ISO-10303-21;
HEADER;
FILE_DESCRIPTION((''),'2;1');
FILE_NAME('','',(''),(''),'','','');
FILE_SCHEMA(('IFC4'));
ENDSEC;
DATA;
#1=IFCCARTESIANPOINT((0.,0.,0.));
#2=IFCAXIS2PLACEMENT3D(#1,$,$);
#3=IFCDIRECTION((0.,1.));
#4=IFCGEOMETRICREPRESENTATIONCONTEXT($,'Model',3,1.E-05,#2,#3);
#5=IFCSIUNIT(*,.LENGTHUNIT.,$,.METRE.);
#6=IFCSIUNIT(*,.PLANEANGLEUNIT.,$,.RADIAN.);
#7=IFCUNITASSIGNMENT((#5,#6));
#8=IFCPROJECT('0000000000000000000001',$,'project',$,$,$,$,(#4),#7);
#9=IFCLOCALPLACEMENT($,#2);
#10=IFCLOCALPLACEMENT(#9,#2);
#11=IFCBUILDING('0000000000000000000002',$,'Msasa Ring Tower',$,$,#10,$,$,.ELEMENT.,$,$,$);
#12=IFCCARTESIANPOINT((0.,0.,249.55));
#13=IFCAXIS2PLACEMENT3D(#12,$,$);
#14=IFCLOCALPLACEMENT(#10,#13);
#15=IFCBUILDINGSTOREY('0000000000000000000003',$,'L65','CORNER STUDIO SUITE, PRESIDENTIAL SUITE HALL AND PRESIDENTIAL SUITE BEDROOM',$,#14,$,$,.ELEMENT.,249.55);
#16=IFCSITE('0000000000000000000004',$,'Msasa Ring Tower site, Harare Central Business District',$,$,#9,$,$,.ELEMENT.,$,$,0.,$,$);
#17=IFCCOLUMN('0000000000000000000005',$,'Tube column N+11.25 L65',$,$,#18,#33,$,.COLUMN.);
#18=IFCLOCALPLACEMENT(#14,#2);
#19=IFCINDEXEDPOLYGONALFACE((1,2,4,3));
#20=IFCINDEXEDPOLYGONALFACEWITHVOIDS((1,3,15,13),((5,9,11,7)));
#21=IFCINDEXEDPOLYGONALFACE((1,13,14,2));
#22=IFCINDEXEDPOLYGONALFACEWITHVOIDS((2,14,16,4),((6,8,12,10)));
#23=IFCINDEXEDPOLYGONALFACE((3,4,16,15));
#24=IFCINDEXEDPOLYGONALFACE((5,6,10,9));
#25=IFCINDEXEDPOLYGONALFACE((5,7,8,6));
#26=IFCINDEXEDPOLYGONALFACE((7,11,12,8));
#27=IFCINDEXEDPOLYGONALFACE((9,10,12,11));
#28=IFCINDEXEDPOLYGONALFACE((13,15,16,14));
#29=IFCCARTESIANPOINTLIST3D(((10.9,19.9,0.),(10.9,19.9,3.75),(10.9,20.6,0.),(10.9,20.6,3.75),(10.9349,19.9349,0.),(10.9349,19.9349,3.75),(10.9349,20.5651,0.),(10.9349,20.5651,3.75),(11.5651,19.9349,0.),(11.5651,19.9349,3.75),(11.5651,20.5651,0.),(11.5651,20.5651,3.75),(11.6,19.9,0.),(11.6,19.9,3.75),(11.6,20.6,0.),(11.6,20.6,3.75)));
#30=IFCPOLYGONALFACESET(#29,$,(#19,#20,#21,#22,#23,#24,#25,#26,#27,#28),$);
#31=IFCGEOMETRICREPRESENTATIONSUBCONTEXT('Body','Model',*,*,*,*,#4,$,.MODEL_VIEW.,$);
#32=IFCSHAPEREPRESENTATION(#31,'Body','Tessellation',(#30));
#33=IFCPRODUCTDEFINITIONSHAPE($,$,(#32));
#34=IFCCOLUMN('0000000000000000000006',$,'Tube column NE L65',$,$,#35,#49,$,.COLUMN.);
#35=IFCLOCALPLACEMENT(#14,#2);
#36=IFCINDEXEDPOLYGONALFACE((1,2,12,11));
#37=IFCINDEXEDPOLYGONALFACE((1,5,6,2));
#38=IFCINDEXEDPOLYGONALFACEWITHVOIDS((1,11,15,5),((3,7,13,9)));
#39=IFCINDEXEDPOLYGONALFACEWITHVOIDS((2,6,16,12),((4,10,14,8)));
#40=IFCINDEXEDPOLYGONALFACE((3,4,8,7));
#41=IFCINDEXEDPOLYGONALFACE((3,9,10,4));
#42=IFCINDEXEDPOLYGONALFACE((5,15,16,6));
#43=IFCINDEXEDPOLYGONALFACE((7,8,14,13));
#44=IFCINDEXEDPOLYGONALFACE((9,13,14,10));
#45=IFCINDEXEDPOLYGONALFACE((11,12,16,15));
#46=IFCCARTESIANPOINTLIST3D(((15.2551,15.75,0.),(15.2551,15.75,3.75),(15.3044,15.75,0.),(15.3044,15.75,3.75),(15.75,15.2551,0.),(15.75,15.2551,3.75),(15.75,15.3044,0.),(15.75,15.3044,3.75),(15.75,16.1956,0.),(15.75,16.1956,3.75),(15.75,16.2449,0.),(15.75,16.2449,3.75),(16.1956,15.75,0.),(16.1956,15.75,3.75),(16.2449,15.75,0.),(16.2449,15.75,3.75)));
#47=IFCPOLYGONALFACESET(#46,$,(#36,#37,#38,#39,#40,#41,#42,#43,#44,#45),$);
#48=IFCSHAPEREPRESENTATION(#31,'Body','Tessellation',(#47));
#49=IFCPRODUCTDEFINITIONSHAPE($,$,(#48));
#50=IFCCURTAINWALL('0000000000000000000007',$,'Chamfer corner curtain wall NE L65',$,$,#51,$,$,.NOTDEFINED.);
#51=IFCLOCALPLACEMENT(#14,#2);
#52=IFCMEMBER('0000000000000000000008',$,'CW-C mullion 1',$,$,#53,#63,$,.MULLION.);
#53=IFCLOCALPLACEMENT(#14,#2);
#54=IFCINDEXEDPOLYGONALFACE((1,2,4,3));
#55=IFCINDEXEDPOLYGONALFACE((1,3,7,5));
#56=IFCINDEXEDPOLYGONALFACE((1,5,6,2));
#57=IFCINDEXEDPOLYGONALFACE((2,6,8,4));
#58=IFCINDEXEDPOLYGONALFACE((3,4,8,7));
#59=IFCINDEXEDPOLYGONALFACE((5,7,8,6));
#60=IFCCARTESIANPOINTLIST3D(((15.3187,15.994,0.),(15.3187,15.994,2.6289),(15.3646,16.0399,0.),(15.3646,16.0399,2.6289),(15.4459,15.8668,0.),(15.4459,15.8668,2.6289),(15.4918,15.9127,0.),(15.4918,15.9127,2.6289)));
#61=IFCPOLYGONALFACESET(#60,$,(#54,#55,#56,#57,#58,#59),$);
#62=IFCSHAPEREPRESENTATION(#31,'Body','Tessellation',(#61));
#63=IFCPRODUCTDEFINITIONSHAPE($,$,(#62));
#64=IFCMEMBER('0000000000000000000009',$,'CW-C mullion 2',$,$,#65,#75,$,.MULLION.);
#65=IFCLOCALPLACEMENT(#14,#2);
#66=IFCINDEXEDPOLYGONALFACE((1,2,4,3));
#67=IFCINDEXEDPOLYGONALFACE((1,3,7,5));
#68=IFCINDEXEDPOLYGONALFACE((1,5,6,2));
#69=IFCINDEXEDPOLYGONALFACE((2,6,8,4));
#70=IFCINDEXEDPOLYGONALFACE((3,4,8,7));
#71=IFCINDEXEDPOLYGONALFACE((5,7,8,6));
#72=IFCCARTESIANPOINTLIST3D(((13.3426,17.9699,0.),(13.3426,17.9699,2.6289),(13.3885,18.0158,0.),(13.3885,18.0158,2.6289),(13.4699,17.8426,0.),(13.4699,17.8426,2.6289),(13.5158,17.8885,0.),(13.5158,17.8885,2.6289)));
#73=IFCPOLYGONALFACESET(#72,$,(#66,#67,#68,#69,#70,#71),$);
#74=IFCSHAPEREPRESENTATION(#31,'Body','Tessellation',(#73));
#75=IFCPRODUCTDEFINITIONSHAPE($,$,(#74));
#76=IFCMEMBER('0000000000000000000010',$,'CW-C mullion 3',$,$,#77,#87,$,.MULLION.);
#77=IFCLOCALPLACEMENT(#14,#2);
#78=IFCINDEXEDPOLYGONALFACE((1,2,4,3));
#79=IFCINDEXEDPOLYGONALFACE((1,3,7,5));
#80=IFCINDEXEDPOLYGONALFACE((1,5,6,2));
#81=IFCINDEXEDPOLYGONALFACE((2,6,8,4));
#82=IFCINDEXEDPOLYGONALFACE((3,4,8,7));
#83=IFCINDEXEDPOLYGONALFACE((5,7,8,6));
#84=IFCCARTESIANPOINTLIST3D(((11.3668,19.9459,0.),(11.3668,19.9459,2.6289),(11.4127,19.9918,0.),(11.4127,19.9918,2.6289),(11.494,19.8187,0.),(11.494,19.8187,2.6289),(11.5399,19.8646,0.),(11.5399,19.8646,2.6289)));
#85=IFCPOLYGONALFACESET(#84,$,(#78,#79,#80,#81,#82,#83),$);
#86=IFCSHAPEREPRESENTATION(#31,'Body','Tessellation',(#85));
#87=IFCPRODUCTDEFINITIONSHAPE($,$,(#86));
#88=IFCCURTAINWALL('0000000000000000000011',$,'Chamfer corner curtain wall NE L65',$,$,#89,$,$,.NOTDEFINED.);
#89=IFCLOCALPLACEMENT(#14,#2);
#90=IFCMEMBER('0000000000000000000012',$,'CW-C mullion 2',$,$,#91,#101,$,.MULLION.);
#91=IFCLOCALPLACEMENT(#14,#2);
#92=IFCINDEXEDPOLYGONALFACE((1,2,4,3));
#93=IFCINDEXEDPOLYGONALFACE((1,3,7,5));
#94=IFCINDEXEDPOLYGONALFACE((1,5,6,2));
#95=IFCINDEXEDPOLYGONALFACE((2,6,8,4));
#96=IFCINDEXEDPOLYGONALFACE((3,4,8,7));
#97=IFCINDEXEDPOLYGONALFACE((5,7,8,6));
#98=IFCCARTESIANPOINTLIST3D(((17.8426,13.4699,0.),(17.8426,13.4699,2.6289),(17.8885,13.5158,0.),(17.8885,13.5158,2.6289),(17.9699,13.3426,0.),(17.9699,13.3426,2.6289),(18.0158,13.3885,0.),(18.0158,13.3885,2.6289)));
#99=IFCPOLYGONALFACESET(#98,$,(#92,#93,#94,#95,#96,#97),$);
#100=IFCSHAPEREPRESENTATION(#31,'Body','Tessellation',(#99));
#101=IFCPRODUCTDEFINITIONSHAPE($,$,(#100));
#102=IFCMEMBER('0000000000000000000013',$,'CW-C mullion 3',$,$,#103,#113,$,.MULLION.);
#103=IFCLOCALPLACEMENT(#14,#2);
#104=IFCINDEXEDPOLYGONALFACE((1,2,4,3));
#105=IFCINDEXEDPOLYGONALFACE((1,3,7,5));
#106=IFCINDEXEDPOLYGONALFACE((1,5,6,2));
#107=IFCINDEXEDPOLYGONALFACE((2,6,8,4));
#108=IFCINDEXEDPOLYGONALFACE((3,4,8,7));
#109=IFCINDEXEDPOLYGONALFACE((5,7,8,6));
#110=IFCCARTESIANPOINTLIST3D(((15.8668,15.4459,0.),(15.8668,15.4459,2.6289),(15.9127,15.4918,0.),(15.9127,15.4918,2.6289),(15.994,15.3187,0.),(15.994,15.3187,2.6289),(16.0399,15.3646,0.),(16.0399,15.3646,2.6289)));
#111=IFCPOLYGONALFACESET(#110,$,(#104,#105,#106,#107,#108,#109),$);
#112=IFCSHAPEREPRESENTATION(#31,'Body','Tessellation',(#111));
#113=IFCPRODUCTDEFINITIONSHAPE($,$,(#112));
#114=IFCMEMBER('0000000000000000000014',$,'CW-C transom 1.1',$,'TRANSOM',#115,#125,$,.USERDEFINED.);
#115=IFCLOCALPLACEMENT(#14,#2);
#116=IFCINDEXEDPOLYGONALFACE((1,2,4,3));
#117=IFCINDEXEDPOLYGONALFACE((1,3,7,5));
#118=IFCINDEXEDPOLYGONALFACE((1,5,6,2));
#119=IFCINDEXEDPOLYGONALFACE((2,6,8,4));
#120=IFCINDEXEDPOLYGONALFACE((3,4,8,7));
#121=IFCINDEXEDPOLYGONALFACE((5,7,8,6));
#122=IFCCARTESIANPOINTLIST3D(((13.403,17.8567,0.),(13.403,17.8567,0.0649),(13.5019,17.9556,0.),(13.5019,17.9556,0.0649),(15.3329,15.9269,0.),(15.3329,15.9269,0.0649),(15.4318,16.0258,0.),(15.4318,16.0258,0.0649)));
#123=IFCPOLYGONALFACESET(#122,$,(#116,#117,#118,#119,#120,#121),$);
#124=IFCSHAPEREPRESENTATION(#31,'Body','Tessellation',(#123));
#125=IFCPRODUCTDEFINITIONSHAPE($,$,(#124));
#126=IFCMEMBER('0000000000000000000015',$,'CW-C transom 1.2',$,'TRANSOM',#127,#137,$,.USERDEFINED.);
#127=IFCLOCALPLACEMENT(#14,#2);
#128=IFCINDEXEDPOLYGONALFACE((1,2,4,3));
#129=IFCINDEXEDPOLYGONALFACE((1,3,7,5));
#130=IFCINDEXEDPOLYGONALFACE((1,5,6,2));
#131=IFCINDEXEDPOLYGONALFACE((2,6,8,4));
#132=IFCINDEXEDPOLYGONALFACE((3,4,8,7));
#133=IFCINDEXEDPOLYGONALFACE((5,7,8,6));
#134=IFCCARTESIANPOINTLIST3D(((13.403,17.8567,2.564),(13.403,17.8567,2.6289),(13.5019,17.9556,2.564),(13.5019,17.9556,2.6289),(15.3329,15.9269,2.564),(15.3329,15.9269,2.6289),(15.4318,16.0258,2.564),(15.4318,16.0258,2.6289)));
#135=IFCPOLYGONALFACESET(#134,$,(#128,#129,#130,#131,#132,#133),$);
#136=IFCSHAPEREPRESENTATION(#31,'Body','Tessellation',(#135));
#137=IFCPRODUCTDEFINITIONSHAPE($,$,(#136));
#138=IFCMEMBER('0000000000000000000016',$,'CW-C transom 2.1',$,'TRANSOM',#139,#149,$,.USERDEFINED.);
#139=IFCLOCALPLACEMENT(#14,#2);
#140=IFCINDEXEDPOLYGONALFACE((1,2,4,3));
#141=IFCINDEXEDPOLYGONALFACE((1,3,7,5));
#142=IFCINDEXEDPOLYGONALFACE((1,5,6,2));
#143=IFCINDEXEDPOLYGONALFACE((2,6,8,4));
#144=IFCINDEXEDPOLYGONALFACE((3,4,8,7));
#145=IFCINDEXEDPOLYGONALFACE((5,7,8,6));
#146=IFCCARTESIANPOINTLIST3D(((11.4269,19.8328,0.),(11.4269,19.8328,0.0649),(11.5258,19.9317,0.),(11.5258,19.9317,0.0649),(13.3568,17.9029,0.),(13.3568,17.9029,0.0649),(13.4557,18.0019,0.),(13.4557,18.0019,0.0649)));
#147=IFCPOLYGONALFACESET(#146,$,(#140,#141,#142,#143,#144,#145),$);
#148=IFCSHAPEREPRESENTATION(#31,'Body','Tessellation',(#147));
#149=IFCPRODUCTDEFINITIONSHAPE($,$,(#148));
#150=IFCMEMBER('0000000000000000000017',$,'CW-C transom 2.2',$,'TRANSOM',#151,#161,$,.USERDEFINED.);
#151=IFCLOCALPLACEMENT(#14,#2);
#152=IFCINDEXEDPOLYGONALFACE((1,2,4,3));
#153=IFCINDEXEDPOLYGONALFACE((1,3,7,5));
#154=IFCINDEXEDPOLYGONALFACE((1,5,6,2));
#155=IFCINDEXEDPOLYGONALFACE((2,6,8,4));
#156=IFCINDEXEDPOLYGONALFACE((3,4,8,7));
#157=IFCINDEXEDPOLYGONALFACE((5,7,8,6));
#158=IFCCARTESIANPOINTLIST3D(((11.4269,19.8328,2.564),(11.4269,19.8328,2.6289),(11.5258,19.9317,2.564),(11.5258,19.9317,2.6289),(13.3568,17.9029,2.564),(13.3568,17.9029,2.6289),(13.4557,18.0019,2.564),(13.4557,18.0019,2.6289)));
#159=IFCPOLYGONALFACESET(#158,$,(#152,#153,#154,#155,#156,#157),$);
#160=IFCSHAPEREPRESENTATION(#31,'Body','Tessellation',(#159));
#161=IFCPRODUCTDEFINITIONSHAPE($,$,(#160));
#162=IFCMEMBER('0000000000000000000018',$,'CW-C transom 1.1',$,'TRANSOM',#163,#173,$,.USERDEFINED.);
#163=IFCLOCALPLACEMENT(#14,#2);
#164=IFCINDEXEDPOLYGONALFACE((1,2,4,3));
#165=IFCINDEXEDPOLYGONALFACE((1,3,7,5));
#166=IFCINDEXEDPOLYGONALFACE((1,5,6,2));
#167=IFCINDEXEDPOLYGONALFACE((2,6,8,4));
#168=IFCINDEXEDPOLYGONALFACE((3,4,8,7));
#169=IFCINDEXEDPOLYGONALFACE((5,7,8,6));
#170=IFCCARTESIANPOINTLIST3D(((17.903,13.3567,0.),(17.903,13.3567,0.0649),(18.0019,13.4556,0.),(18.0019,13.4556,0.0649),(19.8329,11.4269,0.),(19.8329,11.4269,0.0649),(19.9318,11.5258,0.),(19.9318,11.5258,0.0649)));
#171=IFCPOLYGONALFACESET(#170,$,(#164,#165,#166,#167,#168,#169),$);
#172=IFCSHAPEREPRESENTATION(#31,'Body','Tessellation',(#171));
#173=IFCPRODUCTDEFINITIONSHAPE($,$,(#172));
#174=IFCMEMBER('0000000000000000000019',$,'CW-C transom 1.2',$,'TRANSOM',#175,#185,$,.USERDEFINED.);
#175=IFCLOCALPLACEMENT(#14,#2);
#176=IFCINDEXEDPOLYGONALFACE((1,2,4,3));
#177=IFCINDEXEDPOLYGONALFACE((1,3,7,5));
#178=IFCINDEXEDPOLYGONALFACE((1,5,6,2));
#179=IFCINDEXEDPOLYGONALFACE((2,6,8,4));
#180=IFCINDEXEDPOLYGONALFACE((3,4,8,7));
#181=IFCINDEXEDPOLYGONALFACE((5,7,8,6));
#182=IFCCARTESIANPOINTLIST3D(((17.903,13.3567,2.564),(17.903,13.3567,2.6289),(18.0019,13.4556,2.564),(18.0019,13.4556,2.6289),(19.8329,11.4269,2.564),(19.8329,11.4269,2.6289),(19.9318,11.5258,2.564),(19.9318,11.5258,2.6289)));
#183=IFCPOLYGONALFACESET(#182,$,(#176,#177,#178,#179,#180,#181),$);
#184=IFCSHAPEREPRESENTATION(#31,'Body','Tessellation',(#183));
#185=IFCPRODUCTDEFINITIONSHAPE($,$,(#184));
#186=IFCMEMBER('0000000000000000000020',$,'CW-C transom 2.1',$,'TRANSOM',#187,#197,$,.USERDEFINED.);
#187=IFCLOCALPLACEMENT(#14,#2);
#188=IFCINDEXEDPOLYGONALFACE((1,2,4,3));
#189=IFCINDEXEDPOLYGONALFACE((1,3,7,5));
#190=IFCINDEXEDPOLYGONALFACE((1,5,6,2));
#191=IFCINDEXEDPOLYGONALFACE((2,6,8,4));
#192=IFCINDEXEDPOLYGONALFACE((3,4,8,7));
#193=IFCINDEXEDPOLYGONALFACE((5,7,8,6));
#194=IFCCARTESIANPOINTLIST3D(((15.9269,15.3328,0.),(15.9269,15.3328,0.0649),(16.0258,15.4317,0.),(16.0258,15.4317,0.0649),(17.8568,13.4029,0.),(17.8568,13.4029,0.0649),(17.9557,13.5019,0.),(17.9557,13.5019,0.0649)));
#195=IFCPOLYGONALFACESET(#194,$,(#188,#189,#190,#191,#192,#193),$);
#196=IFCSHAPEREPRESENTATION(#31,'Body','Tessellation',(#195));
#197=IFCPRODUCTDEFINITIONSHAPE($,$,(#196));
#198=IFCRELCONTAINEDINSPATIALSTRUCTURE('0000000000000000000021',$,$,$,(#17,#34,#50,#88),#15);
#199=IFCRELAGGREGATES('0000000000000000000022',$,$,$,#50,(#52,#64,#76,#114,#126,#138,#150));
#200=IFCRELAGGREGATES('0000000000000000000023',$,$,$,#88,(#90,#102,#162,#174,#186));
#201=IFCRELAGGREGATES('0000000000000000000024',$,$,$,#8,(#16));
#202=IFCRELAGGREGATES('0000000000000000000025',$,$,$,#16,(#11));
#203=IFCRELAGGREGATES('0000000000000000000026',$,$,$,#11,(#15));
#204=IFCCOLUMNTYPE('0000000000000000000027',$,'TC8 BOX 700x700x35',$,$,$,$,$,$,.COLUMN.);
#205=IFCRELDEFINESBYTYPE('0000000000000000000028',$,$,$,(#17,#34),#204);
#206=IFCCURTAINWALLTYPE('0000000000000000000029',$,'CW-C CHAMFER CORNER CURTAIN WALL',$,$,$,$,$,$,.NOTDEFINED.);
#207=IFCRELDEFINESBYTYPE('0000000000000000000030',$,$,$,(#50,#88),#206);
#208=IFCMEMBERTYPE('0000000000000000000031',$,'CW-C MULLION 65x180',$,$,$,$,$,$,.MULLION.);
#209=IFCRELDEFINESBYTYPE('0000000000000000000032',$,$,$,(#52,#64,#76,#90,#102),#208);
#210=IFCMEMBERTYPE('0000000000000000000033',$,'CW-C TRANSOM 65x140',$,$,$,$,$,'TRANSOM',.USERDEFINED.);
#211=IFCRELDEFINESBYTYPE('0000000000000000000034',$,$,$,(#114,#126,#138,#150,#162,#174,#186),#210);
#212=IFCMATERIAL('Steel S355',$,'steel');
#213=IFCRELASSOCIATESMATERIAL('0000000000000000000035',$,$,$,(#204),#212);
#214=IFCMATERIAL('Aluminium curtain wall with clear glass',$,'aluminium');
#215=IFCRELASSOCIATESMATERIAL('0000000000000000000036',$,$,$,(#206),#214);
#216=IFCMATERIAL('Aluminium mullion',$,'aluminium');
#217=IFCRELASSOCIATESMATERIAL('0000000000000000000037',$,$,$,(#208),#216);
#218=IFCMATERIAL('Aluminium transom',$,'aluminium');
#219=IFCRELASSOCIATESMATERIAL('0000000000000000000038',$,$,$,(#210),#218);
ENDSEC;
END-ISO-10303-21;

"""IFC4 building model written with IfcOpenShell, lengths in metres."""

from ifc_helpers import new_model, si_unit, direction, frame, origin, origin_2d, place, context, subcontext, project, spatial, rectangle, hollow_rectangle, extrude, material, material_profile, profile_set, type_object, element, aggregate, save


model = new_model("IFC4")

# Units and contexts
model_context = context("Model", 3, precision=1e-05, world=origin(), true_north=direction((0.0, 1.0)))
body_context = subcontext(model_context, "Body", "Model", "MODEL_VIEW")
ifc_project = project(units=[si_unit("LENGTHUNIT", "METRE"), si_unit("PLANEANGLEUNIT", "RADIAN")], contexts=[model_context])

# Site, building, storey
site_placement = place(None, origin())
site = spatial("IfcSite", under=ifc_project, at=site_placement, Name="Msasa Ring Tower site, Harare Central Business District", CompositionType="ELEMENT", RefElevation=0.0)
building_placement = place(site_placement, origin())
building = spatial("IfcBuilding", under=site, at=building_placement, Name="Msasa Ring Tower", CompositionType="ELEMENT")
storey_placement = place(building_placement, frame((0.0, 0.0, 249.55)))
storey = spatial("IfcBuildingStorey", under=building, at=storey_placement, Name="L65", Description="CORNER STUDIO SUITE, PRESIDENTIAL SUITE HALL AND PRESIDENTIAL SUITE BEDROOM", CompositionType="ELEMENT", Elevation=249.55)

# Columns
ifc_material_1 = material(Name="Steel S355", Category="steel")
ifc_material_profile_1 = material_profile(ifc_material_1, hollow_rectangle(XDim=0.7, YDim=0.7, WallThickness=0.0349, at=origin_2d()), Name="BOX 700x700x35")
ifc_profile_set_1 = profile_set([ifc_material_profile_1], Name="Steel S355")
column_type = type_object("IfcColumnType", Name="TC8 BOX 700x700x35", PredefinedType="COLUMN", material=ifc_profile_set_1)
for number, where, z_axis, x_axis, name in (
    (1, (11.25, 20.25, 0.0), (0.0, 0.0, 1.0), (0.0, 1.0, 0.0), "Tube column N+11.25 L65"),
    (2, (15.75, 15.75, 0.0), (0.0, 0.0, 1.0), (0.707107, 0.707107, 0.0), "Tube column NE L65"),
):
    element("IfcColumn", number, at=place(storey_placement, frame(where, z_axis=z_axis, x_axis=x_axis)), inside=storey, type_object=column_type, Name=name, PredefinedType="COLUMN", context=body_context, shape_type="SweptSolid", body=[
        extrude(hollow_rectangle(XDim=0.7, YDim=0.7, WallThickness=0.0349, at=origin_2d()), origin(), (0.0, 0.0, 1.0), 3.75),
    ])

# Curtain walls, members
ifc_material_2 = material(Name="Aluminium curtain wall with clear glass", Category="aluminium")
curtain_wall_type = type_object("IfcCurtainWallType", Name="CW-C CHAMFER CORNER CURTAIN WALL", PredefinedType="NOTDEFINED", material=ifc_material_2)
curtain_wall_1_placement = place(storey_placement, origin())
curtain_wall_1 = element("IfcCurtainWall", 3, at=curtain_wall_1_placement, inside=storey, type_object=curtain_wall_type, Name="Chamfer corner curtain wall NE L65", PredefinedType="NOTDEFINED")
ifc_material_3 = material(Name="Aluminium mullion", Category="aluminium")
ifc_material_profile_2 = material_profile(ifc_material_3, rectangle(XDim=0.0649, YDim=0.1799, at=origin_2d()), Name="AL 65x180")
ifc_profile_set_2 = profile_set([ifc_material_profile_2], Name="Aluminium mullion")
member_type_1 = type_object("IfcMemberType", Name="CW-C MULLION 65x180", PredefinedType="MULLION", material=ifc_profile_set_2)
member_1_placement = place(storey_placement, frame((15.4053, 15.9534, 0.0), z_axis=(0.0, 0.0, 1.0), x_axis=(-0.707107, -0.707107, 0.0)))
member_1 = element("IfcMember", 4, at=member_1_placement, type_object=member_type_1, Name="CW-C mullion 1", PredefinedType="MULLION", context=body_context, shape_type="SweptSolid", body=[
    extrude(rectangle(XDim=0.0649, YDim=0.1799, at=origin_2d()), origin(), (0.0, 0.0, 1.0), 2.6289),
])
member_2_placement = place(storey_placement, frame((13.4292, 17.9292, 0.0), z_axis=(0.0, 0.0, 1.0), x_axis=(-0.707107, -0.707107, 0.0)))
member_2 = element("IfcMember", 5, at=member_2_placement, type_object=member_type_1, Name="CW-C mullion 2", PredefinedType="MULLION", context=body_context, shape_type="SweptSolid", body=[
    extrude(rectangle(XDim=0.0649, YDim=0.1799, at=origin_2d()), origin(), (0.0, 0.0, 1.0), 2.6289),
])
member_3_placement = place(storey_placement, frame((11.4534, 19.9053, 0.0), z_axis=(0.0, 0.0, 1.0), x_axis=(-0.707107, -0.707107, 0.0)))
member_3 = element("IfcMember", 6, at=member_3_placement, type_object=member_type_1, Name="CW-C mullion 3", PredefinedType="MULLION", context=body_context, shape_type="SweptSolid", body=[
    extrude(rectangle(XDim=0.0649, YDim=0.1799, at=origin_2d()), origin(), (0.0, 0.0, 1.0), 2.6289),
])
curtain_wall_2_placement = place(storey_placement, origin())
curtain_wall_2 = element("IfcCurtainWall", 7, at=curtain_wall_2_placement, inside=storey, type_object=curtain_wall_type, Name="Chamfer corner curtain wall NE L65", PredefinedType="NOTDEFINED")
member_4_placement = place(storey_placement, frame((17.9292, 13.4292, 0.0), z_axis=(0.0, 0.0, 1.0), x_axis=(-0.707107, -0.707107, 0.0)))
member_4 = element("IfcMember", 8, at=member_4_placement, type_object=member_type_1, Name="CW-C mullion 2", PredefinedType="MULLION", context=body_context, shape_type="SweptSolid", body=[
    extrude(rectangle(XDim=0.0649, YDim=0.1799, at=origin_2d()), origin(), (0.0, 0.0, 1.0), 2.6289),
])
member_5_placement = place(storey_placement, frame((15.9534, 15.4053, 0.0), z_axis=(0.0, 0.0, 1.0), x_axis=(-0.707107, -0.707107, 0.0)))
member_5 = element("IfcMember", 9, at=member_5_placement, type_object=member_type_1, Name="CW-C mullion 3", PredefinedType="MULLION", context=body_context, shape_type="SweptSolid", body=[
    extrude(rectangle(XDim=0.0649, YDim=0.1799, at=origin_2d()), origin(), (0.0, 0.0, 1.0), 2.6289),
])

# Members
ifc_material_4 = material(Name="Aluminium transom", Category="aluminium")
ifc_material_profile_3 = material_profile(ifc_material_4, rectangle(XDim=0.1399, YDim=0.0649, at=origin_2d()), Name="AL 65x140")
ifc_profile_set_3 = profile_set([ifc_material_profile_3], Name="Aluminium transom")
member_type_2 = type_object("IfcMemberType", Name="CW-C TRANSOM 65x140", ElementType="TRANSOM", PredefinedType="USERDEFINED", material=ifc_profile_set_3)
member_6_placement = place(storey_placement, frame((15.3823, 15.9763, 0.0325), z_axis=(-0.707107, 0.707107, 0.0), x_axis=(-0.707107, -0.707107, 0.0)))
member_6 = element("IfcMember", 10, at=member_6_placement, type_object=member_type_2, Name="CW-C transom 1.1", ObjectType="TRANSOM", PredefinedType="USERDEFINED", context=body_context, shape_type="SweptSolid", body=[
    extrude(rectangle(XDim=0.1399, YDim=0.0649, at=origin_2d()), origin(), (0.0, 0.0, 1.0), 2.7292),
])
member_7_placement = place(storey_placement, frame((15.3823, 15.9763, 2.5964), z_axis=(-0.707107, 0.707107, 0.0), x_axis=(-0.707107, -0.707107, 0.0)))
member_7 = element("IfcMember", 11, at=member_7_placement, type_object=member_type_2, Name="CW-C transom 1.2", ObjectType="TRANSOM", PredefinedType="USERDEFINED", context=body_context, shape_type="SweptSolid", body=[
    extrude(rectangle(XDim=0.1399, YDim=0.0649, at=origin_2d()), origin(), (0.0, 0.0, 1.0), 2.7292),
])
member_8_placement = place(storey_placement, frame((13.4062, 17.9524, 0.0325), z_axis=(-0.707107, 0.707107, 0.0), x_axis=(-0.707107, -0.707107, 0.0)))
member_8 = element("IfcMember", 12, at=member_8_placement, type_object=member_type_2, Name="CW-C transom 2.1", ObjectType="TRANSOM", PredefinedType="USERDEFINED", context=body_context, shape_type="SweptSolid", body=[
    extrude(rectangle(XDim=0.1399, YDim=0.0649, at=origin_2d()), origin(), (0.0, 0.0, 1.0), 2.7292),
])
member_9_placement = place(storey_placement, frame((13.4062, 17.9524, 2.5964), z_axis=(-0.707107, 0.707107, 0.0), x_axis=(-0.707107, -0.707107, 0.0)))
member_9 = element("IfcMember", 13, at=member_9_placement, type_object=member_type_2, Name="CW-C transom 2.2", ObjectType="TRANSOM", PredefinedType="USERDEFINED", context=body_context, shape_type="SweptSolid", body=[
    extrude(rectangle(XDim=0.1399, YDim=0.0649, at=origin_2d()), origin(), (0.0, 0.0, 1.0), 2.7292),
])
member_10_placement = place(storey_placement, frame((19.8823, 11.4763, 0.0325), z_axis=(-0.707107, 0.707107, 0.0), x_axis=(-0.707107, -0.707107, 0.0)))
member_10 = element("IfcMember", 14, at=member_10_placement, type_object=member_type_2, Name="CW-C transom 1.1", ObjectType="TRANSOM", PredefinedType="USERDEFINED", context=body_context, shape_type="SweptSolid", body=[
    extrude(rectangle(XDim=0.1399, YDim=0.0649, at=origin_2d()), origin(), (0.0, 0.0, 1.0), 2.7292),
])
member_11_placement = place(storey_placement, frame((19.8823, 11.4763, 2.5964), z_axis=(-0.707107, 0.707107, 0.0), x_axis=(-0.707107, -0.707107, 0.0)))
member_11 = element("IfcMember", 15, at=member_11_placement, type_object=member_type_2, Name="CW-C transom 1.2", ObjectType="TRANSOM", PredefinedType="USERDEFINED", context=body_context, shape_type="SweptSolid", body=[
    extrude(rectangle(XDim=0.1399, YDim=0.0649, at=origin_2d()), origin(), (0.0, 0.0, 1.0), 2.7292),
])
member_12_placement = place(storey_placement, frame((17.9062, 13.4524, 0.0325), z_axis=(-0.707107, 0.707107, 0.0), x_axis=(-0.707107, -0.707107, 0.0)))
member_12 = element("IfcMember", 16, at=member_12_placement, type_object=member_type_2, Name="CW-C transom 2.1", ObjectType="TRANSOM", PredefinedType="USERDEFINED", context=body_context, shape_type="SweptSolid", body=[
    extrude(rectangle(XDim=0.1399, YDim=0.0649, at=origin_2d()), origin(), (0.0, 0.0, 1.0), 2.7292),
])

aggregate(curtain_wall_1, [member_1, member_2, member_3, member_6, member_7, member_8, member_9])
aggregate(curtain_wall_2, [member_4, member_5, member_10, member_11, member_12])

save(model, "model.ifc")
